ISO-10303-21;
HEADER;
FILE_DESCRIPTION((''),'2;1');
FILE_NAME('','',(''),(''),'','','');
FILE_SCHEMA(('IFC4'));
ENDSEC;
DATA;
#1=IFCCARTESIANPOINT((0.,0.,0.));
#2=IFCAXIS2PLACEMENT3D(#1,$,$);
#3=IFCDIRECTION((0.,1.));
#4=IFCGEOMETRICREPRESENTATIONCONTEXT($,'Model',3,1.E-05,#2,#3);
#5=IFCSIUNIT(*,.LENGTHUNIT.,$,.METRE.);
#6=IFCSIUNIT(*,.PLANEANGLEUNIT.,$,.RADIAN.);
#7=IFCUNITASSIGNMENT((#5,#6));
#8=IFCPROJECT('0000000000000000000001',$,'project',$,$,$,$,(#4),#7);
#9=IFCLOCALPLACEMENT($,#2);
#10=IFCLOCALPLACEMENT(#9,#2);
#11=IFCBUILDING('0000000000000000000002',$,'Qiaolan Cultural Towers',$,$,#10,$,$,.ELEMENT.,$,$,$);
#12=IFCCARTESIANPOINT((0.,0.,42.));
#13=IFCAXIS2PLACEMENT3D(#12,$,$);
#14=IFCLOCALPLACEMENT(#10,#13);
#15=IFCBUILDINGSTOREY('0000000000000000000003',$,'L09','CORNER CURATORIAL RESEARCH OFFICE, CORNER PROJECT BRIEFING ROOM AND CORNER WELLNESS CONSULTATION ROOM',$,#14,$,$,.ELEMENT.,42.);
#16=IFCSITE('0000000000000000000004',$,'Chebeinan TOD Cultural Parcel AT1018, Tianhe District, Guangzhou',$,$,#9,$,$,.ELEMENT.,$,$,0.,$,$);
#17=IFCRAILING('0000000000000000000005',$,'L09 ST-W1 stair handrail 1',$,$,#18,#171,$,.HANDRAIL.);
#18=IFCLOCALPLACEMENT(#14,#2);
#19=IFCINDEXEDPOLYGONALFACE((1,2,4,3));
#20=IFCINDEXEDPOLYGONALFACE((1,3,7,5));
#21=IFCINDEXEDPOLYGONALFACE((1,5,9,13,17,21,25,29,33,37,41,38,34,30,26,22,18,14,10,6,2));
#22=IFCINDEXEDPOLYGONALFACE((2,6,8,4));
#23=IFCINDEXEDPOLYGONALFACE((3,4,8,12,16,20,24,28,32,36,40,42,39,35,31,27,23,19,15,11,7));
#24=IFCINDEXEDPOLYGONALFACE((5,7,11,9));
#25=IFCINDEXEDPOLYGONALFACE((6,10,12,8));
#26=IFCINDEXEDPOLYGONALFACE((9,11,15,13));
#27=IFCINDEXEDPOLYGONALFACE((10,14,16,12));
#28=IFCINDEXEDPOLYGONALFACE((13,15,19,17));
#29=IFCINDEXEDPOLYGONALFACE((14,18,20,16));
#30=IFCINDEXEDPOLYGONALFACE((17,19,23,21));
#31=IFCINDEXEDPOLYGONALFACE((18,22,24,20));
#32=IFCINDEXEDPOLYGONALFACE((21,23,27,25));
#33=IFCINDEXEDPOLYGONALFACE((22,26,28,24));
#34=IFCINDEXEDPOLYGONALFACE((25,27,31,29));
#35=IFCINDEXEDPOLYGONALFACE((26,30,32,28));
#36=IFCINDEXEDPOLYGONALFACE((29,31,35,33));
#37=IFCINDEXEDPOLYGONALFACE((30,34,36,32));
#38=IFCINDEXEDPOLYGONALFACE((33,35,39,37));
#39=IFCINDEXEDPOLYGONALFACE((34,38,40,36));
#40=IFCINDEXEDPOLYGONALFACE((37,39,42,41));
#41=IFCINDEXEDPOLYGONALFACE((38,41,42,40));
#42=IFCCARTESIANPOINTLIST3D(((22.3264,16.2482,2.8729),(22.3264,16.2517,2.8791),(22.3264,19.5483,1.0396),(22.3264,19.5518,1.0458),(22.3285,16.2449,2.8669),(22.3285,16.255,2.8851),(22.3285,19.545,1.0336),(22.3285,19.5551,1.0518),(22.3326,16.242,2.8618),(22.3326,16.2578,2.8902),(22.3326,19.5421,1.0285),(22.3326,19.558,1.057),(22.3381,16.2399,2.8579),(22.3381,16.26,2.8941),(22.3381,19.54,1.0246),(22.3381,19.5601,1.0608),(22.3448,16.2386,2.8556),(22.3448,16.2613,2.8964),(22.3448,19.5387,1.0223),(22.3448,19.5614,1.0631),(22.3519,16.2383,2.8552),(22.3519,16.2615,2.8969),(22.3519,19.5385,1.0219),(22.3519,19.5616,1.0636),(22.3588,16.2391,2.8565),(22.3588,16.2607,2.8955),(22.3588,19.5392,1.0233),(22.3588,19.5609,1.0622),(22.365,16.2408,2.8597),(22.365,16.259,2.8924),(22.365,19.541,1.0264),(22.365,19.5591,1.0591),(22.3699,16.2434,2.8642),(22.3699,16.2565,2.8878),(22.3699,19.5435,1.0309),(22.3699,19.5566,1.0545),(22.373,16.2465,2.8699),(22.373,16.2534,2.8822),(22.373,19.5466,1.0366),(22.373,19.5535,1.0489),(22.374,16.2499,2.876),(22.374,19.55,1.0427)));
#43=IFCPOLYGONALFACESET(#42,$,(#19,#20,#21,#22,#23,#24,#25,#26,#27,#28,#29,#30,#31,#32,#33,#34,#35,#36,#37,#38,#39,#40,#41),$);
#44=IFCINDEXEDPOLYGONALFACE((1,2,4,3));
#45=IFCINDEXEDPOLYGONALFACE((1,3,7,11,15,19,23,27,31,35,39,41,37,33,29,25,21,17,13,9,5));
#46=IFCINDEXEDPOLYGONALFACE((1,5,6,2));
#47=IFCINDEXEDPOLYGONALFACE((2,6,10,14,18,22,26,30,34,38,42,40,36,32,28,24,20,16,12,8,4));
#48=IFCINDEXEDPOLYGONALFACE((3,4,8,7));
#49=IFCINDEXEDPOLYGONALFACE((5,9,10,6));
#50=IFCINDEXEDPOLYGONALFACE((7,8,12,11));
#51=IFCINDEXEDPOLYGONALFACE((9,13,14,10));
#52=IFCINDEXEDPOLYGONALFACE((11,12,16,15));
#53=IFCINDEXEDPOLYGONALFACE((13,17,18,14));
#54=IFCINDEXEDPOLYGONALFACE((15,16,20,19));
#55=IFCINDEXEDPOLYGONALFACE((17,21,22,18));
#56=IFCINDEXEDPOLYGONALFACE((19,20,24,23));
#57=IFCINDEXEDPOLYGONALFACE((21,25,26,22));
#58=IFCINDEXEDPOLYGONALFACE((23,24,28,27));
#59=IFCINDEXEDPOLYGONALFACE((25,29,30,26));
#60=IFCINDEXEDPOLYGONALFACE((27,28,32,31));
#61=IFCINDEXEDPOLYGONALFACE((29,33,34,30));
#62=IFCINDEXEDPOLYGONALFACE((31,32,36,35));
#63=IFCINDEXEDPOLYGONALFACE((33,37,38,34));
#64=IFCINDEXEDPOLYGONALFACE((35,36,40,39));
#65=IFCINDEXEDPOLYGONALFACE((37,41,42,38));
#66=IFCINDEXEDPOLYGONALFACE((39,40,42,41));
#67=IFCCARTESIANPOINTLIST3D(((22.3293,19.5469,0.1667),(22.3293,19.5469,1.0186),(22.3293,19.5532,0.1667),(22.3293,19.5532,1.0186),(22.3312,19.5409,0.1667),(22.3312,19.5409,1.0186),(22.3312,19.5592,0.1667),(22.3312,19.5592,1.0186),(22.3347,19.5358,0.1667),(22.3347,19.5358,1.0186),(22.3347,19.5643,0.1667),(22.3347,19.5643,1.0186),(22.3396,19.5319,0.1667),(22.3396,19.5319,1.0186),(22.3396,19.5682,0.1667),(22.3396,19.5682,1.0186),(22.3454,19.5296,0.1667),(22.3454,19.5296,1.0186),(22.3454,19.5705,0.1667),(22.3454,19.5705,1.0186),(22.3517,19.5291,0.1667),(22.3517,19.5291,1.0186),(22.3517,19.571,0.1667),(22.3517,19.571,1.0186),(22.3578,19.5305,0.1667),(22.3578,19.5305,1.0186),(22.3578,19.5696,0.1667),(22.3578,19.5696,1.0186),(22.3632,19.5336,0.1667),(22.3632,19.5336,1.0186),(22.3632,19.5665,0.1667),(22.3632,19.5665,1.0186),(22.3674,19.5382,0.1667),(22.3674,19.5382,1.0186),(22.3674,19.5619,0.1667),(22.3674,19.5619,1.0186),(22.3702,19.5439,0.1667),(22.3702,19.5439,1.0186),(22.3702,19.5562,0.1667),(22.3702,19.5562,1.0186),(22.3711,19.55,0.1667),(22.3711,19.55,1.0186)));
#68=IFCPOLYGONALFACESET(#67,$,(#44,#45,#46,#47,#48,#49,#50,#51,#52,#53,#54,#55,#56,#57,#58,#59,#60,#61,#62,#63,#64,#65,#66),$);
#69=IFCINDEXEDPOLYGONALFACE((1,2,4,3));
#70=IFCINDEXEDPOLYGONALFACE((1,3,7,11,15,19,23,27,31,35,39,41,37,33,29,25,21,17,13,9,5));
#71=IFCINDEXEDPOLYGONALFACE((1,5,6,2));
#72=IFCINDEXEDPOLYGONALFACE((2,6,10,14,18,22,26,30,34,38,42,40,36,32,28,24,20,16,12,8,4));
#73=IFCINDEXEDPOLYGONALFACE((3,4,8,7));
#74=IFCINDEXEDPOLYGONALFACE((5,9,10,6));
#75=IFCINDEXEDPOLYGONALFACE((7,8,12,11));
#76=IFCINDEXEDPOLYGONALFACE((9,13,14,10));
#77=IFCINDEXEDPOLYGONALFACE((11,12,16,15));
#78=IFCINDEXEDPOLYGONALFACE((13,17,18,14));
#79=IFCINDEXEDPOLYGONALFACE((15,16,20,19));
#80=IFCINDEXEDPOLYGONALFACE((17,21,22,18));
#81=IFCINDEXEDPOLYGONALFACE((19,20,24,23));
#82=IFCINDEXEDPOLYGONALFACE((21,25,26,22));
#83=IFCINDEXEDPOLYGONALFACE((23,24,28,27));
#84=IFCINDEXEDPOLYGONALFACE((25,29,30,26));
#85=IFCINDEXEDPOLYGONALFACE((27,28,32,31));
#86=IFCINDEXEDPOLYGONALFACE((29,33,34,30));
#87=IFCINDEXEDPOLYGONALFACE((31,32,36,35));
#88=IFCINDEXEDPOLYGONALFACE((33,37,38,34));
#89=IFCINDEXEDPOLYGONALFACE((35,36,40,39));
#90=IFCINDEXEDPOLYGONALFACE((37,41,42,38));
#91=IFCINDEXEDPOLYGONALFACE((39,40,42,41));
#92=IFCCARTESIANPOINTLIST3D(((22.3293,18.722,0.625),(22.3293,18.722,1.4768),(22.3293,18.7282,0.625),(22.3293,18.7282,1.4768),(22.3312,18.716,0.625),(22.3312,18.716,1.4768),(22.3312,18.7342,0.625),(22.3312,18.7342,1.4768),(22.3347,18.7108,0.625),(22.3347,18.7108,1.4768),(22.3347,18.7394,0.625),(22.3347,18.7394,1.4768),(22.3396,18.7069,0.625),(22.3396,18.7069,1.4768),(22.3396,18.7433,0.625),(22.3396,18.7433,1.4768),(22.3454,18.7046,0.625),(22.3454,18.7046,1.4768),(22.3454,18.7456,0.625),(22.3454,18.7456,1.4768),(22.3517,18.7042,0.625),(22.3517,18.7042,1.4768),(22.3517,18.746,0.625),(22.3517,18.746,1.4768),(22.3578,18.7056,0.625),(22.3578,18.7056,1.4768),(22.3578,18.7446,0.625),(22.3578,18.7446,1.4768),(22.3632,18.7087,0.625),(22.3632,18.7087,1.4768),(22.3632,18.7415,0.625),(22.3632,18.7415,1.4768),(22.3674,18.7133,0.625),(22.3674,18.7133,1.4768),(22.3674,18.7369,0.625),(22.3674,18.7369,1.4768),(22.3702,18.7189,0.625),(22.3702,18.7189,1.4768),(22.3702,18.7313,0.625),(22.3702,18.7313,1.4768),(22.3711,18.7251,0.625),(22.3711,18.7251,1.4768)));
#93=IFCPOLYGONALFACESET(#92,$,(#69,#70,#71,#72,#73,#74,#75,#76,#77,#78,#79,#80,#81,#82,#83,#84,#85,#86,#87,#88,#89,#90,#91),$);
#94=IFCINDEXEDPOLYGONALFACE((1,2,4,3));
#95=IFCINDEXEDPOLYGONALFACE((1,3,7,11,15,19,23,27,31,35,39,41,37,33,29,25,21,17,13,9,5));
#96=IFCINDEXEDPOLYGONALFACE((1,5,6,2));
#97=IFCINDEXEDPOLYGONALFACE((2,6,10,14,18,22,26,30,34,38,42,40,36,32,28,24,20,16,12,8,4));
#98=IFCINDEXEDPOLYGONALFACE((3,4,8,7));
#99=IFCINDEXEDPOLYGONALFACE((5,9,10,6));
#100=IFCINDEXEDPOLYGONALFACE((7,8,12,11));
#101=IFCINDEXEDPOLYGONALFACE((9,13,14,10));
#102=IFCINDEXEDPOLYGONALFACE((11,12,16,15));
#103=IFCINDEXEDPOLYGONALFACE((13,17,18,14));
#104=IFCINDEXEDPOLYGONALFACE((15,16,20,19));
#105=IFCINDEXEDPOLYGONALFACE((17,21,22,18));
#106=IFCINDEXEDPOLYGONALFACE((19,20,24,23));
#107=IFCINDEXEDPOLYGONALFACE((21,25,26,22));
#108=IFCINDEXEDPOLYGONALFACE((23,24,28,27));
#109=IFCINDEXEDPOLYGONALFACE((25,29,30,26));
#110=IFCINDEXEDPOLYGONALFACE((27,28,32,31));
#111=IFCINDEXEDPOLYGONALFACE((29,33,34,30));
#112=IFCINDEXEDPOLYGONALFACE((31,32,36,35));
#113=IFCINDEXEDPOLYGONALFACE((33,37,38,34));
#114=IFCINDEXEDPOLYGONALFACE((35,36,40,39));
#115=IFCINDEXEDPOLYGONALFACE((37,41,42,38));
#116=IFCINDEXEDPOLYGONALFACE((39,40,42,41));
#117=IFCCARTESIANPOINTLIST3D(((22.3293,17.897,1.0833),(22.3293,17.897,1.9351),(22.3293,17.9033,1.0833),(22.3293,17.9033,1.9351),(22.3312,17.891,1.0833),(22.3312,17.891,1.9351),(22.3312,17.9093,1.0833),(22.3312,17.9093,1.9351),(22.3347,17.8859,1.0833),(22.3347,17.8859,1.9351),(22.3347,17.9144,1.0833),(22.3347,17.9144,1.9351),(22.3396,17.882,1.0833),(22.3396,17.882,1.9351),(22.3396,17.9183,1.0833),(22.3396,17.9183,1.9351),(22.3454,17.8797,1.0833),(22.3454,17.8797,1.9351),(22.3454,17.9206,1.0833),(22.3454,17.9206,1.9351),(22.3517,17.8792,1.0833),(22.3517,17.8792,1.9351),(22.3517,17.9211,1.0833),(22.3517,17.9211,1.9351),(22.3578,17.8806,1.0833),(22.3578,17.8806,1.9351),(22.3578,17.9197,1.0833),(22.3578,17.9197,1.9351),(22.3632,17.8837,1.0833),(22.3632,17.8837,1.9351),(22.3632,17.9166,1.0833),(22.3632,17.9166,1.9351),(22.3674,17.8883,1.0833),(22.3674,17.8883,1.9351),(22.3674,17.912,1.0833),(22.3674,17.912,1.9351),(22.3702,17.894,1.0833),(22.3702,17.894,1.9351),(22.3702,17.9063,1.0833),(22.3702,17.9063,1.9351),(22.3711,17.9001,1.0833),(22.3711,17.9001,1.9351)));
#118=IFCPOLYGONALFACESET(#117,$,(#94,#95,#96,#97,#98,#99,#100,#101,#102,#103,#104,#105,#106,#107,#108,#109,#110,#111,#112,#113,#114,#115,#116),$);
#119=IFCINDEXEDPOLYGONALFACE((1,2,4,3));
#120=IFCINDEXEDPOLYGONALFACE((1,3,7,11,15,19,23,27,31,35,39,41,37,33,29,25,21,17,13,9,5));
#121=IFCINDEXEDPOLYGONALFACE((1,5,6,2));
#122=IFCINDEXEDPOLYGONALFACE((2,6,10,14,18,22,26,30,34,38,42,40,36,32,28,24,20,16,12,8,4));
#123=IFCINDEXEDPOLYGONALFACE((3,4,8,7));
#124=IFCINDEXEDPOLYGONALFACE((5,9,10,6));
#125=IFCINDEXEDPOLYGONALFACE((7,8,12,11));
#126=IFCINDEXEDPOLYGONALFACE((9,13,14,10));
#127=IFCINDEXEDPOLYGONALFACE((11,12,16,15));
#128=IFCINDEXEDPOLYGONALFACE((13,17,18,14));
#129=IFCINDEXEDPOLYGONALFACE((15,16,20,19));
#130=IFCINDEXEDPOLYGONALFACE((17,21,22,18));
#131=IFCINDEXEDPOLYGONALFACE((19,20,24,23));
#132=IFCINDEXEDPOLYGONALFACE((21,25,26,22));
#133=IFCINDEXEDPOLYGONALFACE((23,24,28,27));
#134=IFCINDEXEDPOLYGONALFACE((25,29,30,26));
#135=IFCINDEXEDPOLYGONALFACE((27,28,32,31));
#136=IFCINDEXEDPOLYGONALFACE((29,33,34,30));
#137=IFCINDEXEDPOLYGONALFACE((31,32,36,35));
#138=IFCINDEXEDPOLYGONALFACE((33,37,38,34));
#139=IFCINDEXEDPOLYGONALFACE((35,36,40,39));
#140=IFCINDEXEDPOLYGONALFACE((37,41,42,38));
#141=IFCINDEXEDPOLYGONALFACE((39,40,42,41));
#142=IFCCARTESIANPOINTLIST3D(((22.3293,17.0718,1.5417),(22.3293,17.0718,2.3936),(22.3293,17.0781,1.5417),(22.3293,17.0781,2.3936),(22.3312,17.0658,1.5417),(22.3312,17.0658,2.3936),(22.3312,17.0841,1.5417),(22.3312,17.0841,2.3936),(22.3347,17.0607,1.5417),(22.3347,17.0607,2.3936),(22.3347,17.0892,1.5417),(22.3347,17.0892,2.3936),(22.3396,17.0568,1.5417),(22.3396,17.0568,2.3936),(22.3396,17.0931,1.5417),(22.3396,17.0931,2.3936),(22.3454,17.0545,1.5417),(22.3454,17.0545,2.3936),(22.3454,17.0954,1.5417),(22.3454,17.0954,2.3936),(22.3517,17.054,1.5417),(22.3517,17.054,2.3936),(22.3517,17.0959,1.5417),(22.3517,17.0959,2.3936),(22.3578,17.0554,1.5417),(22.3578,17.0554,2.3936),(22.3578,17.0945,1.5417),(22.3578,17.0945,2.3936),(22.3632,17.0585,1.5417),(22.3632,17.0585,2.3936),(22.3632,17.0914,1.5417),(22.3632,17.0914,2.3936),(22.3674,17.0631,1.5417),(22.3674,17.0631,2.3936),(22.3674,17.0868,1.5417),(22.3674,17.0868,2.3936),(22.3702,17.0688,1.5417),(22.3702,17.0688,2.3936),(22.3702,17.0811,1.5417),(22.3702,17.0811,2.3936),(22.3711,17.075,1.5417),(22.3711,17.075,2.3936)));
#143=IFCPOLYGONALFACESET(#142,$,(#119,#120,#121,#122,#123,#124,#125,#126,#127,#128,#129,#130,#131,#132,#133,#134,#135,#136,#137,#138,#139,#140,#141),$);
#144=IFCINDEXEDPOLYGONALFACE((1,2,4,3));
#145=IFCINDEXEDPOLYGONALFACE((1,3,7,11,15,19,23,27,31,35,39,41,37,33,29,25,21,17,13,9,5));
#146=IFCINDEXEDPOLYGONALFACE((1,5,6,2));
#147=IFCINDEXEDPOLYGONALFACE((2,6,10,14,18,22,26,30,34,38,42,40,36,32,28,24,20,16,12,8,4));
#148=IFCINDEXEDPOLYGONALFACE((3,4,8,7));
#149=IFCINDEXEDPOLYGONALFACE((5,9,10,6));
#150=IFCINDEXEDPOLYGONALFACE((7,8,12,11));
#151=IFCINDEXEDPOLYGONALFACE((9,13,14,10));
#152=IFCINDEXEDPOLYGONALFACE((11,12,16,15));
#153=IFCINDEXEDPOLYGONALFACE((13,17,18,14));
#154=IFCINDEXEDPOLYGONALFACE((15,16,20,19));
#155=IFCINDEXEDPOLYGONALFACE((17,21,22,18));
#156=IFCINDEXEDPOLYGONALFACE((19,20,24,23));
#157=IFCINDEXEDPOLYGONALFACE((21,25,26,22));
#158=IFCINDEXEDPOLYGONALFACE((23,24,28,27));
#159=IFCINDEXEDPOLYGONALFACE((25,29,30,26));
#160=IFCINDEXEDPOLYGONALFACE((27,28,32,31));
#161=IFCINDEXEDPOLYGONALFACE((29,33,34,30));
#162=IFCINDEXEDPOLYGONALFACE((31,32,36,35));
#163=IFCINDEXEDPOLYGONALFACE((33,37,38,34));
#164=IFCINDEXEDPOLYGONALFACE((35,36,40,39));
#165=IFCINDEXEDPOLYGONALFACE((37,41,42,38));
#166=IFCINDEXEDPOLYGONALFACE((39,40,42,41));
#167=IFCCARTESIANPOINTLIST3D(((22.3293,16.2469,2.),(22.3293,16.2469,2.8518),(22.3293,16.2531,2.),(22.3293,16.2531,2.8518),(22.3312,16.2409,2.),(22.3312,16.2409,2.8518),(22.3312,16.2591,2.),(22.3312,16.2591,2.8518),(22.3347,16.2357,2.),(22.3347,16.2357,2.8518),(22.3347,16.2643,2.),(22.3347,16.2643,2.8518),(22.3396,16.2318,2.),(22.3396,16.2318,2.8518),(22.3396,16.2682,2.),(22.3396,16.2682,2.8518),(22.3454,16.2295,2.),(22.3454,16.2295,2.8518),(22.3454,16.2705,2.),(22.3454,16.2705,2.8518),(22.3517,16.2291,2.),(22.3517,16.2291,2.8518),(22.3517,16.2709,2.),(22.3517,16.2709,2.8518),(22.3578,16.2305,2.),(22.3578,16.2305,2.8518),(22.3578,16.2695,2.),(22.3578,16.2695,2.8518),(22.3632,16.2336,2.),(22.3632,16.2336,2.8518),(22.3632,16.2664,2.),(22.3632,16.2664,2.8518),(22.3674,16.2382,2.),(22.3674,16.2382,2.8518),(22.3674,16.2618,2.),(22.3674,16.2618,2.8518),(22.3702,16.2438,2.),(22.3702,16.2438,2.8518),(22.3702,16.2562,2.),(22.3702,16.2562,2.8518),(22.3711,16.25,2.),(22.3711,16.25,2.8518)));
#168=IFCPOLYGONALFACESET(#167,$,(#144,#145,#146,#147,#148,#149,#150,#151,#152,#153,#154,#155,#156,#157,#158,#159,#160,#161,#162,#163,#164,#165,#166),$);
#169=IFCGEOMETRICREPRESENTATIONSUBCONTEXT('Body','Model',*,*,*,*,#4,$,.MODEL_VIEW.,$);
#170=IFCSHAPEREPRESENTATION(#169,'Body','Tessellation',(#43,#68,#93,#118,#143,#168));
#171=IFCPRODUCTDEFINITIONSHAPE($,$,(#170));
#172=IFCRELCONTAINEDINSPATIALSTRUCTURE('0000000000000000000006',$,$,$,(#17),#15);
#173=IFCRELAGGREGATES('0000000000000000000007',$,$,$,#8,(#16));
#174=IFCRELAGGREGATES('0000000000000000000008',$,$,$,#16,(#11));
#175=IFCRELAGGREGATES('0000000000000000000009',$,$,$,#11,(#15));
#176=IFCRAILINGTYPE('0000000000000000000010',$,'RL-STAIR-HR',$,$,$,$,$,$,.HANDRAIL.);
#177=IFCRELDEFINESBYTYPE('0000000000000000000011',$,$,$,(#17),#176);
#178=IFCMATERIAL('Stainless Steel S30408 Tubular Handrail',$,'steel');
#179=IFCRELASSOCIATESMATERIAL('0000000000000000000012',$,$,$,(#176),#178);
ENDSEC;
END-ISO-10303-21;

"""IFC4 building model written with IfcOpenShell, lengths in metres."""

from ifc_helpers import new_model, si_unit, direction, frame, origin, origin_2d, place, context, subcontext, project, spatial, circle, extrude, material, type_object, element, save


model = new_model("IFC4")

# Units and contexts
model_context = context("Model", 3, precision=1e-05, world=origin(), true_north=direction((0.0, 1.0)))
body_context = subcontext(model_context, "Body", "Model", "MODEL_VIEW")
ifc_project = project(units=[si_unit("LENGTHUNIT", "METRE"), si_unit("PLANEANGLEUNIT", "RADIAN")], contexts=[model_context])

# Site, building, storey
site_placement = place(None, origin())
site = spatial("IfcSite", under=ifc_project, at=site_placement, Name="Chebeinan TOD Cultural Parcel AT1018, Tianhe District, Guangzhou", CompositionType="ELEMENT", RefElevation=0.0)
building_placement = place(site_placement, origin())
building = spatial("IfcBuilding", under=site, at=building_placement, Name="Qiaolan Cultural Towers", CompositionType="ELEMENT")
storey_placement = place(building_placement, frame((0.0, 0.0, 42.0)))
storey = spatial("IfcBuildingStorey", under=building, at=storey_placement, Name="L09", Description="CORNER CURATORIAL RESEARCH OFFICE, CORNER PROJECT BRIEFING ROOM AND CORNER WELLNESS CONSULTATION ROOM", CompositionType="ELEMENT", Elevation=42.0)

# Railing
ifc_material_1 = material(Name="Stainless Steel S30408 Tubular Handrail", Category="steel")
railing_type_1 = type_object("IfcRailingType", Name="RL-STAIR-HR", PredefinedType="HANDRAIL", material=ifc_material_1)
railing_1_placement = place(storey_placement, frame((22.3501, 19.55, 0.1667)))
element("IfcRailing", 1, at=railing_1_placement, inside=storey, type_object=railing_type_1, Name="L09 ST-W1 stair handrail 1", PredefinedType="HANDRAIL", context=body_context, shape_type="SweptSolid", body=[
    extrude(circle(Radius=0.0239, at=origin_2d()), frame((0.0, 0.0, 0.876), z_axis=(0.0, -0.874169, 0.485621), x_axis=(1.0, 0.0, 0.0)), (0.0, 0.0, 1.0), 3.7751),
    extrude(circle(Radius=0.021, at=origin_2d()), origin(), (0.0, 0.0, 1.0), 0.8518),
    extrude(circle(Radius=0.021, at=origin_2d()), frame((0.0, -0.825, 0.4583)), (0.0, 0.0, 1.0), 0.8518),
    extrude(circle(Radius=0.021, at=origin_2d()), frame((0.0, -1.6499, 0.9165)), (0.0, 0.0, 1.0), 0.8518),
    extrude(circle(Radius=0.021, at=origin_2d()), frame((0.0, -2.4751, 1.375)), (0.0, 0.0, 1.0), 0.8518),
    extrude(circle(Radius=0.021, at=origin_2d()), frame((0.0, -3.3, 1.8333)), (0.0, 0.0, 1.0), 0.8518),
])

save(model, "model.ifc")
